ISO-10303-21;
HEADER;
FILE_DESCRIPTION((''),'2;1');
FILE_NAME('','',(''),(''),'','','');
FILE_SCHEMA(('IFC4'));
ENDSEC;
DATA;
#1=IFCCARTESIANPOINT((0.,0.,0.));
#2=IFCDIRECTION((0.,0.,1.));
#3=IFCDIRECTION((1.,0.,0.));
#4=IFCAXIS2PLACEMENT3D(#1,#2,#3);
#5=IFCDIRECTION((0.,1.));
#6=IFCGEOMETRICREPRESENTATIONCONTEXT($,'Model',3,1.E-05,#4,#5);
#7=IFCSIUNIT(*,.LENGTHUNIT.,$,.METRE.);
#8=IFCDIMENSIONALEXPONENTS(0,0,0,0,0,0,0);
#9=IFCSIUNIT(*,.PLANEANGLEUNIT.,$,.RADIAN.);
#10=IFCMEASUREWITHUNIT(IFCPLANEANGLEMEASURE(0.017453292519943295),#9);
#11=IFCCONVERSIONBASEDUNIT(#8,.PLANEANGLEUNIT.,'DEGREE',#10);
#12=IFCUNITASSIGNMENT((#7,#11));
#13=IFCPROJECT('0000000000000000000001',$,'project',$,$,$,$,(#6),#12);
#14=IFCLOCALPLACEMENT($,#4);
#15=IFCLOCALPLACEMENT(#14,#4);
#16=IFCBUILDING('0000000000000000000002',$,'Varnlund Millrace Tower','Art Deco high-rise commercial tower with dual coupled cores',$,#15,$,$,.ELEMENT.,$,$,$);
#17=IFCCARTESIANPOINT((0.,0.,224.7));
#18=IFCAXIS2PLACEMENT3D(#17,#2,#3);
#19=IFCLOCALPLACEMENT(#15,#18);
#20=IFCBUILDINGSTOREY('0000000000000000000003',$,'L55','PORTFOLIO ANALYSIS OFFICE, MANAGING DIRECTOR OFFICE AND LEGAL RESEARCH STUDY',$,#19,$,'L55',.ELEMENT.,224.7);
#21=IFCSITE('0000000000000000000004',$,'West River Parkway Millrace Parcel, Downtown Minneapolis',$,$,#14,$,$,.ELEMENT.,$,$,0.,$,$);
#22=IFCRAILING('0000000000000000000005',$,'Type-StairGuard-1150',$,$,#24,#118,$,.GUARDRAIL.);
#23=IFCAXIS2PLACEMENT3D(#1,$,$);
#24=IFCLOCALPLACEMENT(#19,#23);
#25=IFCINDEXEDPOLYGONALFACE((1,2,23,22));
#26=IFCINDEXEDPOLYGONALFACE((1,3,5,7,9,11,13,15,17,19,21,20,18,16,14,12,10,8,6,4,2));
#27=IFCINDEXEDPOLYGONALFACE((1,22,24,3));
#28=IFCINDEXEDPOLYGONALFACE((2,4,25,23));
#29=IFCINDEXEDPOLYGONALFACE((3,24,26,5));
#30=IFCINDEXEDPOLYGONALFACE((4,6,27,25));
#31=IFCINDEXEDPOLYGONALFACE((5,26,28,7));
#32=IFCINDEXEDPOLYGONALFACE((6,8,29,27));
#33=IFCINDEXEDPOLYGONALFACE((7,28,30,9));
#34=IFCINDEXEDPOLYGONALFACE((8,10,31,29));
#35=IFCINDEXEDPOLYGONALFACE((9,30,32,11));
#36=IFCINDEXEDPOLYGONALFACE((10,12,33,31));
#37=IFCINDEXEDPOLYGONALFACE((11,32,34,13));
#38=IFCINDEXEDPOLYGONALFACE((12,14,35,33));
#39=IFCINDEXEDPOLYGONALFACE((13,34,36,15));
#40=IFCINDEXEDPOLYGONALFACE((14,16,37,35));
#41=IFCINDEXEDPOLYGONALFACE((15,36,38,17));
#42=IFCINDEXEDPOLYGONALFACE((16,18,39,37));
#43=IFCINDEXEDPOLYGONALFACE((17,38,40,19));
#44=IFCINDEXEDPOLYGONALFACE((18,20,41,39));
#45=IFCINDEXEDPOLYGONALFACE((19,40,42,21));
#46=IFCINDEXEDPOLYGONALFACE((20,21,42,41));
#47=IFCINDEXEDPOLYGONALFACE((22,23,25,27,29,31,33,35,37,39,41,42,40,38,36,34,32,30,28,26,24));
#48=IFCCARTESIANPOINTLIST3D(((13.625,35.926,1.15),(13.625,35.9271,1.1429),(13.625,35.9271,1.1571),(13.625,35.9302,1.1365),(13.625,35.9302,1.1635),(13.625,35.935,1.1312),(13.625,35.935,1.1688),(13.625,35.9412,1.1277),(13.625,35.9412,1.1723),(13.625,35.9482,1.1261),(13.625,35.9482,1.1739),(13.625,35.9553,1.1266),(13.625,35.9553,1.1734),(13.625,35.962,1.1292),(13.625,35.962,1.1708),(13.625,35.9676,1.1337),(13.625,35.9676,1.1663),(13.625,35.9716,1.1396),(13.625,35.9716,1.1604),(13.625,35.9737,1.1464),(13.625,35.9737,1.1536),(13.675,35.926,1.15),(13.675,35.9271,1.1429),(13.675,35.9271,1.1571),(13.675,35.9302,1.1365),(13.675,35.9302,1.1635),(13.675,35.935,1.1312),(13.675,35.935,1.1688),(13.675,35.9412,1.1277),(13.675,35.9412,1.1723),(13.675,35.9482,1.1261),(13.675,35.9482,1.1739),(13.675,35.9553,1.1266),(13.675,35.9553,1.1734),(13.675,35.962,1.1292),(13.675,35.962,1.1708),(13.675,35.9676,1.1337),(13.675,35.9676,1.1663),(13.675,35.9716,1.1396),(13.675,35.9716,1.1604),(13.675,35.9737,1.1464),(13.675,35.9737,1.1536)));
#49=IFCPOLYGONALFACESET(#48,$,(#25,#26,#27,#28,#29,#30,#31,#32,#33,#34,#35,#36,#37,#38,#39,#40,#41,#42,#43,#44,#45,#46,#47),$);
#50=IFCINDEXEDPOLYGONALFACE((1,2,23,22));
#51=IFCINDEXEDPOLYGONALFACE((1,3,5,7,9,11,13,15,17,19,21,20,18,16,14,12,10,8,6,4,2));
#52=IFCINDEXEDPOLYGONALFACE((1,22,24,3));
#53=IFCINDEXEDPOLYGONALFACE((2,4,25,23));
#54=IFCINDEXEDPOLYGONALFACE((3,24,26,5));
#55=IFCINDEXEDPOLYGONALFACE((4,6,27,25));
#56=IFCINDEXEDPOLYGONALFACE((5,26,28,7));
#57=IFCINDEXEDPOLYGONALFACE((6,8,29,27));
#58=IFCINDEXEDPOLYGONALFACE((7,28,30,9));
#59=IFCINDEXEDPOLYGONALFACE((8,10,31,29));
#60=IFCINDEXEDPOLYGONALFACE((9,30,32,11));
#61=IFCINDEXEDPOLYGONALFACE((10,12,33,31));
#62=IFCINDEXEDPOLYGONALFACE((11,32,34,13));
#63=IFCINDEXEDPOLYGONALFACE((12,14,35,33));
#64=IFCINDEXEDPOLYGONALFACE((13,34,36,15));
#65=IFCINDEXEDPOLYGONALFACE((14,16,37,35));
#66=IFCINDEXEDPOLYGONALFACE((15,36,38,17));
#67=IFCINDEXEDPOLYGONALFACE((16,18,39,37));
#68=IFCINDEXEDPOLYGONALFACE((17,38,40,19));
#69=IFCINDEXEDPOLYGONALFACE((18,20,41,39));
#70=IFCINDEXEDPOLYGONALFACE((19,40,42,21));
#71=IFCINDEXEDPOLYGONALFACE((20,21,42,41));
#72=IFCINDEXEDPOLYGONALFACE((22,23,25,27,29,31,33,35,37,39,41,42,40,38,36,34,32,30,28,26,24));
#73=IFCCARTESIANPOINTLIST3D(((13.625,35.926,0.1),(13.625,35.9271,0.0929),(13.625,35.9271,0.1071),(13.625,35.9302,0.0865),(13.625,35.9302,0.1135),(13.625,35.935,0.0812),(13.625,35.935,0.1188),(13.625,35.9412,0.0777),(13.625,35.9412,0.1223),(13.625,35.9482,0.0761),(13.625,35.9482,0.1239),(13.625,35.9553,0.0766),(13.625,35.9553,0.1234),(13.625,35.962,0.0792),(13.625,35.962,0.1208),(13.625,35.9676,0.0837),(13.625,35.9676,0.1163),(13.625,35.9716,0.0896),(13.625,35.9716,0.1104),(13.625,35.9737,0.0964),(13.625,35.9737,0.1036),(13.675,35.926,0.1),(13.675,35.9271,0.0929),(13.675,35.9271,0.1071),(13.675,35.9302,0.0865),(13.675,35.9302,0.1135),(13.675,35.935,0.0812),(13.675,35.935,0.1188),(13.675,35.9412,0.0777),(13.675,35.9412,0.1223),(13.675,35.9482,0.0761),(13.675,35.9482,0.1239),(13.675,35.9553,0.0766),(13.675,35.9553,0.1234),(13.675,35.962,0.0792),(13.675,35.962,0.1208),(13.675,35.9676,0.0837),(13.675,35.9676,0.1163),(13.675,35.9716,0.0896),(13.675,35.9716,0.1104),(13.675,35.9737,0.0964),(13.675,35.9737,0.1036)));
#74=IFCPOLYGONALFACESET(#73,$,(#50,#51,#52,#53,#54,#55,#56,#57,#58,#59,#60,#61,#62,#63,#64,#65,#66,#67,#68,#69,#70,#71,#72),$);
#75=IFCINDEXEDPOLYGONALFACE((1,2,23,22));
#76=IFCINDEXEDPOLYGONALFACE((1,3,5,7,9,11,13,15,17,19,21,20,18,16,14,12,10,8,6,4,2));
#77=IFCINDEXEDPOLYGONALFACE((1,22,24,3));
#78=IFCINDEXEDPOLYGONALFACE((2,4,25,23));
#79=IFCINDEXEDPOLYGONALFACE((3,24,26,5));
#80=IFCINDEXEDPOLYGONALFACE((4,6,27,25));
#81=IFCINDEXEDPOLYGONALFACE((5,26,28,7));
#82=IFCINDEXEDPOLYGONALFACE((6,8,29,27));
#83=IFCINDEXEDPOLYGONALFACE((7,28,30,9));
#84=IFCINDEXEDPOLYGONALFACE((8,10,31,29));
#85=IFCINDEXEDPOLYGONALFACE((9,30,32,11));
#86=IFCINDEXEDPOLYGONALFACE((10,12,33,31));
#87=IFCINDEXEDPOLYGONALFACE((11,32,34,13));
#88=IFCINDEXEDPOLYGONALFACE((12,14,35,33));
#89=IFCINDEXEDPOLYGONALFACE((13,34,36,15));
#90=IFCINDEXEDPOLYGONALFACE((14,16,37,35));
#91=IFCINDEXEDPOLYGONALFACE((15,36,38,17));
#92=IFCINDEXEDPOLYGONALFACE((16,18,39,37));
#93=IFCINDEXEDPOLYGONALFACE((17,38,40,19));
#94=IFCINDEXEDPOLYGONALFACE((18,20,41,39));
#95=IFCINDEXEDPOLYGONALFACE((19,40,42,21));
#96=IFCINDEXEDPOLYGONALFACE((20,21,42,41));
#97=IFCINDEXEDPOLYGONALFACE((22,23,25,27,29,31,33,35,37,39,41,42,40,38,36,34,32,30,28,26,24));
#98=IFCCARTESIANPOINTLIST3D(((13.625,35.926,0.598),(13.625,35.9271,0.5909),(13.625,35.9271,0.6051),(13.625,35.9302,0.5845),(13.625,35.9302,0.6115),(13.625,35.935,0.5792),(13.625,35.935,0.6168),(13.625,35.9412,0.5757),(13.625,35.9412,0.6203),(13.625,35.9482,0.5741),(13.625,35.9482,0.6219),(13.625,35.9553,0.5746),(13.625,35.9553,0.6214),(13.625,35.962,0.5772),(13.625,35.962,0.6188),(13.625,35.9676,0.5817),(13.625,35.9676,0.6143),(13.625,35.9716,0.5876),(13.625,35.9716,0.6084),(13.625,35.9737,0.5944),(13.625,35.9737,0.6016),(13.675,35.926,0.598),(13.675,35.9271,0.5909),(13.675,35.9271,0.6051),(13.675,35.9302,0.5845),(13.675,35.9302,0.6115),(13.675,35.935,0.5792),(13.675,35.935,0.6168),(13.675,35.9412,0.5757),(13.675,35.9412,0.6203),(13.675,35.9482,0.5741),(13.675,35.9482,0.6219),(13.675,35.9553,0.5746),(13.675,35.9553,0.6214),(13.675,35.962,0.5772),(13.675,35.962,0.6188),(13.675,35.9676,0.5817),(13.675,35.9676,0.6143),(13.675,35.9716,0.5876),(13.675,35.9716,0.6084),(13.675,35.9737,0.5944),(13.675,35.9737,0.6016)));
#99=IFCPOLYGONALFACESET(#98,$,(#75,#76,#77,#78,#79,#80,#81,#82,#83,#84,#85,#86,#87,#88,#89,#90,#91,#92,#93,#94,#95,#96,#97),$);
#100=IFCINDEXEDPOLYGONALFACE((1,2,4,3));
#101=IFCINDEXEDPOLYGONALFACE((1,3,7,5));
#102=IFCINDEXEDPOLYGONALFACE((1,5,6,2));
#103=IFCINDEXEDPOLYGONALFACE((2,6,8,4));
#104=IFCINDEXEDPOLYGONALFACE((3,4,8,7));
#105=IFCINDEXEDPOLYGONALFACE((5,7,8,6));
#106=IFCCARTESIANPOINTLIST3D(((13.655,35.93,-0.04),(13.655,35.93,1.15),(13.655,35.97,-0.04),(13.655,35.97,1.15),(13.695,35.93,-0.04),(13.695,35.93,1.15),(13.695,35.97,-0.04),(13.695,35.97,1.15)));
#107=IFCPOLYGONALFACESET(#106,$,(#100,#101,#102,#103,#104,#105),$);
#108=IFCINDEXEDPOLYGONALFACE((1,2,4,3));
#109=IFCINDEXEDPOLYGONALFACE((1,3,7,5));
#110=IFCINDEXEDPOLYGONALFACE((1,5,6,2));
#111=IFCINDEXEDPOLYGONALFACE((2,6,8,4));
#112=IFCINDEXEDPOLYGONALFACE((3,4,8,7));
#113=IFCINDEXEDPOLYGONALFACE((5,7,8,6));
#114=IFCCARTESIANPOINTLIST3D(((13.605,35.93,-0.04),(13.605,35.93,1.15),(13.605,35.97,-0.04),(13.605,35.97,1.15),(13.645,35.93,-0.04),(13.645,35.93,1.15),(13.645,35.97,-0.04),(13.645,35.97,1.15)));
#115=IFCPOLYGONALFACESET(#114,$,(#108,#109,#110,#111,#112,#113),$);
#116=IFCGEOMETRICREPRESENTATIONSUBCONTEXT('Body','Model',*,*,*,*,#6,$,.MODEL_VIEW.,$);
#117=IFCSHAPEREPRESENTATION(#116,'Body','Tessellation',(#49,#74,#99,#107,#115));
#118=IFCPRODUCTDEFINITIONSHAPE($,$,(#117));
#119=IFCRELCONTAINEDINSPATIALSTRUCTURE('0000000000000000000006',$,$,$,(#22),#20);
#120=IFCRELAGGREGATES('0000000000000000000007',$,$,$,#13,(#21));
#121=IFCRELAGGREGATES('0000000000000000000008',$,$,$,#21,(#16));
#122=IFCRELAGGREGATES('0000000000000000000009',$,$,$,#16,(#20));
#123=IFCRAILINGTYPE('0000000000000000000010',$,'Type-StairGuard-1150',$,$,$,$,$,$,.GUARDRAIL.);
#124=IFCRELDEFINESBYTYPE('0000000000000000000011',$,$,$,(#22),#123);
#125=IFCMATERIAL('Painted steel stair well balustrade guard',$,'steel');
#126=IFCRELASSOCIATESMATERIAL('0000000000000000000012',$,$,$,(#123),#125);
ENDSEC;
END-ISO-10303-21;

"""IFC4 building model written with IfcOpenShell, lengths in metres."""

from ifc_helpers import new_model, entity, si_unit, converted_unit, direction, frame, origin_with_axes, origin_2d_with_axis, place, context, subcontext, project, spatial, rectangle, circle, extrude, material, type_object, element, save


model = new_model("IFC4")

# Units and contexts
model_context = context("Model", 3, precision=1e-05, world=origin_with_axes(), true_north=direction((0.0, 1.0)))
body_context = subcontext(model_context, "Body", "Model", "MODEL_VIEW")
ifc_project = project(units=[si_unit("LENGTHUNIT", "METRE"), converted_unit("PLANEANGLEUNIT", "DEGREE", entity("IfcPlaneAngleMeasure", 0.017453292519943295), si_unit("PLANEANGLEUNIT", "RADIAN"), dimensions=[0, 0, 0, 0, 0, 0, 0])], contexts=[model_context])

# Site, building, storey
site_placement = place(None, origin_with_axes())
site = spatial("IfcSite", under=ifc_project, at=site_placement, Name="West River Parkway Millrace Parcel, Downtown Minneapolis", CompositionType="ELEMENT", RefElevation=0.0)
building_placement = place(site_placement, origin_with_axes())
building = spatial("IfcBuilding", under=site, at=building_placement, Name="Varnlund Millrace Tower", Description="Art Deco high-rise commercial tower with dual coupled cores", CompositionType="ELEMENT")
storey_placement = place(building_placement, frame((0.0, 0.0, 224.7), z_axis=(0.0, 0.0, 1.0), x_axis=(1.0, 0.0, 0.0)))
storey = spatial("IfcBuildingStorey", under=building, at=storey_placement, Name="L55", Description="PORTFOLIO ANALYSIS OFFICE, MANAGING DIRECTOR OFFICE AND LEGAL RESEARCH STUDY", LongName="L55", CompositionType="ELEMENT", Elevation=224.7)

# Railing
ifc_material_1 = material(Name="Painted steel stair well balustrade guard", Category="steel")
railing_type_1 = type_object("IfcRailingType", Name="Type-StairGuard-1150", PredefinedType="GUARDRAIL", material=ifc_material_1)
railing_1_placement = place(storey_placement, frame((0.0, 0.0, -224.7), z_axis=(0.0, 0.0, 1.0), x_axis=(1.0, 0.0, 0.0)))
element("IfcRailing", 1, at=railing_1_placement, inside=storey, type_object=railing_type_1, Name="Type-StairGuard-1150", PredefinedType="GUARDRAIL", context=body_context, shape_type="SweptSolid", body=[
    extrude(circle(Radius=0.024, at=origin_2d_with_axis()), frame((13.675, 35.95, 225.85), z_axis=(-1.0, 0.0, 0.0), x_axis=(0.0, -1.0, 0.0)), (0.0, 0.0, 1.0), 0.05),
    extrude(circle(Radius=0.024, at=origin_2d_with_axis()), frame((13.675, 35.95, 224.8), z_axis=(-1.0, 0.0, 0.0), x_axis=(0.0, -1.0, 0.0)), (0.0, 0.0, 1.0), 0.05),
    extrude(circle(Radius=0.024, at=origin_2d_with_axis()), frame((13.675, 35.95, 225.298), z_axis=(-1.0, 0.0, 0.0), x_axis=(0.0, -1.0, 0.0)), (0.0, 0.0, 1.0), 0.05),
    extrude(rectangle(XDim=0.04, YDim=0.04, at=origin_2d_with_axis()), frame((13.675, 35.95, 224.66), z_axis=(0.0, 0.0, 1.0), x_axis=(1.0, 0.0, 0.0)), (0.0, 0.0, 1.0), 1.19),
    extrude(rectangle(XDim=0.04, YDim=0.04, at=origin_2d_with_axis()), frame((13.625, 35.95, 224.66), z_axis=(0.0, 0.0, 1.0), x_axis=(1.0, 0.0, 0.0)), (0.0, 0.0, 1.0), 1.19),
])

save(model, "model.ifc")
